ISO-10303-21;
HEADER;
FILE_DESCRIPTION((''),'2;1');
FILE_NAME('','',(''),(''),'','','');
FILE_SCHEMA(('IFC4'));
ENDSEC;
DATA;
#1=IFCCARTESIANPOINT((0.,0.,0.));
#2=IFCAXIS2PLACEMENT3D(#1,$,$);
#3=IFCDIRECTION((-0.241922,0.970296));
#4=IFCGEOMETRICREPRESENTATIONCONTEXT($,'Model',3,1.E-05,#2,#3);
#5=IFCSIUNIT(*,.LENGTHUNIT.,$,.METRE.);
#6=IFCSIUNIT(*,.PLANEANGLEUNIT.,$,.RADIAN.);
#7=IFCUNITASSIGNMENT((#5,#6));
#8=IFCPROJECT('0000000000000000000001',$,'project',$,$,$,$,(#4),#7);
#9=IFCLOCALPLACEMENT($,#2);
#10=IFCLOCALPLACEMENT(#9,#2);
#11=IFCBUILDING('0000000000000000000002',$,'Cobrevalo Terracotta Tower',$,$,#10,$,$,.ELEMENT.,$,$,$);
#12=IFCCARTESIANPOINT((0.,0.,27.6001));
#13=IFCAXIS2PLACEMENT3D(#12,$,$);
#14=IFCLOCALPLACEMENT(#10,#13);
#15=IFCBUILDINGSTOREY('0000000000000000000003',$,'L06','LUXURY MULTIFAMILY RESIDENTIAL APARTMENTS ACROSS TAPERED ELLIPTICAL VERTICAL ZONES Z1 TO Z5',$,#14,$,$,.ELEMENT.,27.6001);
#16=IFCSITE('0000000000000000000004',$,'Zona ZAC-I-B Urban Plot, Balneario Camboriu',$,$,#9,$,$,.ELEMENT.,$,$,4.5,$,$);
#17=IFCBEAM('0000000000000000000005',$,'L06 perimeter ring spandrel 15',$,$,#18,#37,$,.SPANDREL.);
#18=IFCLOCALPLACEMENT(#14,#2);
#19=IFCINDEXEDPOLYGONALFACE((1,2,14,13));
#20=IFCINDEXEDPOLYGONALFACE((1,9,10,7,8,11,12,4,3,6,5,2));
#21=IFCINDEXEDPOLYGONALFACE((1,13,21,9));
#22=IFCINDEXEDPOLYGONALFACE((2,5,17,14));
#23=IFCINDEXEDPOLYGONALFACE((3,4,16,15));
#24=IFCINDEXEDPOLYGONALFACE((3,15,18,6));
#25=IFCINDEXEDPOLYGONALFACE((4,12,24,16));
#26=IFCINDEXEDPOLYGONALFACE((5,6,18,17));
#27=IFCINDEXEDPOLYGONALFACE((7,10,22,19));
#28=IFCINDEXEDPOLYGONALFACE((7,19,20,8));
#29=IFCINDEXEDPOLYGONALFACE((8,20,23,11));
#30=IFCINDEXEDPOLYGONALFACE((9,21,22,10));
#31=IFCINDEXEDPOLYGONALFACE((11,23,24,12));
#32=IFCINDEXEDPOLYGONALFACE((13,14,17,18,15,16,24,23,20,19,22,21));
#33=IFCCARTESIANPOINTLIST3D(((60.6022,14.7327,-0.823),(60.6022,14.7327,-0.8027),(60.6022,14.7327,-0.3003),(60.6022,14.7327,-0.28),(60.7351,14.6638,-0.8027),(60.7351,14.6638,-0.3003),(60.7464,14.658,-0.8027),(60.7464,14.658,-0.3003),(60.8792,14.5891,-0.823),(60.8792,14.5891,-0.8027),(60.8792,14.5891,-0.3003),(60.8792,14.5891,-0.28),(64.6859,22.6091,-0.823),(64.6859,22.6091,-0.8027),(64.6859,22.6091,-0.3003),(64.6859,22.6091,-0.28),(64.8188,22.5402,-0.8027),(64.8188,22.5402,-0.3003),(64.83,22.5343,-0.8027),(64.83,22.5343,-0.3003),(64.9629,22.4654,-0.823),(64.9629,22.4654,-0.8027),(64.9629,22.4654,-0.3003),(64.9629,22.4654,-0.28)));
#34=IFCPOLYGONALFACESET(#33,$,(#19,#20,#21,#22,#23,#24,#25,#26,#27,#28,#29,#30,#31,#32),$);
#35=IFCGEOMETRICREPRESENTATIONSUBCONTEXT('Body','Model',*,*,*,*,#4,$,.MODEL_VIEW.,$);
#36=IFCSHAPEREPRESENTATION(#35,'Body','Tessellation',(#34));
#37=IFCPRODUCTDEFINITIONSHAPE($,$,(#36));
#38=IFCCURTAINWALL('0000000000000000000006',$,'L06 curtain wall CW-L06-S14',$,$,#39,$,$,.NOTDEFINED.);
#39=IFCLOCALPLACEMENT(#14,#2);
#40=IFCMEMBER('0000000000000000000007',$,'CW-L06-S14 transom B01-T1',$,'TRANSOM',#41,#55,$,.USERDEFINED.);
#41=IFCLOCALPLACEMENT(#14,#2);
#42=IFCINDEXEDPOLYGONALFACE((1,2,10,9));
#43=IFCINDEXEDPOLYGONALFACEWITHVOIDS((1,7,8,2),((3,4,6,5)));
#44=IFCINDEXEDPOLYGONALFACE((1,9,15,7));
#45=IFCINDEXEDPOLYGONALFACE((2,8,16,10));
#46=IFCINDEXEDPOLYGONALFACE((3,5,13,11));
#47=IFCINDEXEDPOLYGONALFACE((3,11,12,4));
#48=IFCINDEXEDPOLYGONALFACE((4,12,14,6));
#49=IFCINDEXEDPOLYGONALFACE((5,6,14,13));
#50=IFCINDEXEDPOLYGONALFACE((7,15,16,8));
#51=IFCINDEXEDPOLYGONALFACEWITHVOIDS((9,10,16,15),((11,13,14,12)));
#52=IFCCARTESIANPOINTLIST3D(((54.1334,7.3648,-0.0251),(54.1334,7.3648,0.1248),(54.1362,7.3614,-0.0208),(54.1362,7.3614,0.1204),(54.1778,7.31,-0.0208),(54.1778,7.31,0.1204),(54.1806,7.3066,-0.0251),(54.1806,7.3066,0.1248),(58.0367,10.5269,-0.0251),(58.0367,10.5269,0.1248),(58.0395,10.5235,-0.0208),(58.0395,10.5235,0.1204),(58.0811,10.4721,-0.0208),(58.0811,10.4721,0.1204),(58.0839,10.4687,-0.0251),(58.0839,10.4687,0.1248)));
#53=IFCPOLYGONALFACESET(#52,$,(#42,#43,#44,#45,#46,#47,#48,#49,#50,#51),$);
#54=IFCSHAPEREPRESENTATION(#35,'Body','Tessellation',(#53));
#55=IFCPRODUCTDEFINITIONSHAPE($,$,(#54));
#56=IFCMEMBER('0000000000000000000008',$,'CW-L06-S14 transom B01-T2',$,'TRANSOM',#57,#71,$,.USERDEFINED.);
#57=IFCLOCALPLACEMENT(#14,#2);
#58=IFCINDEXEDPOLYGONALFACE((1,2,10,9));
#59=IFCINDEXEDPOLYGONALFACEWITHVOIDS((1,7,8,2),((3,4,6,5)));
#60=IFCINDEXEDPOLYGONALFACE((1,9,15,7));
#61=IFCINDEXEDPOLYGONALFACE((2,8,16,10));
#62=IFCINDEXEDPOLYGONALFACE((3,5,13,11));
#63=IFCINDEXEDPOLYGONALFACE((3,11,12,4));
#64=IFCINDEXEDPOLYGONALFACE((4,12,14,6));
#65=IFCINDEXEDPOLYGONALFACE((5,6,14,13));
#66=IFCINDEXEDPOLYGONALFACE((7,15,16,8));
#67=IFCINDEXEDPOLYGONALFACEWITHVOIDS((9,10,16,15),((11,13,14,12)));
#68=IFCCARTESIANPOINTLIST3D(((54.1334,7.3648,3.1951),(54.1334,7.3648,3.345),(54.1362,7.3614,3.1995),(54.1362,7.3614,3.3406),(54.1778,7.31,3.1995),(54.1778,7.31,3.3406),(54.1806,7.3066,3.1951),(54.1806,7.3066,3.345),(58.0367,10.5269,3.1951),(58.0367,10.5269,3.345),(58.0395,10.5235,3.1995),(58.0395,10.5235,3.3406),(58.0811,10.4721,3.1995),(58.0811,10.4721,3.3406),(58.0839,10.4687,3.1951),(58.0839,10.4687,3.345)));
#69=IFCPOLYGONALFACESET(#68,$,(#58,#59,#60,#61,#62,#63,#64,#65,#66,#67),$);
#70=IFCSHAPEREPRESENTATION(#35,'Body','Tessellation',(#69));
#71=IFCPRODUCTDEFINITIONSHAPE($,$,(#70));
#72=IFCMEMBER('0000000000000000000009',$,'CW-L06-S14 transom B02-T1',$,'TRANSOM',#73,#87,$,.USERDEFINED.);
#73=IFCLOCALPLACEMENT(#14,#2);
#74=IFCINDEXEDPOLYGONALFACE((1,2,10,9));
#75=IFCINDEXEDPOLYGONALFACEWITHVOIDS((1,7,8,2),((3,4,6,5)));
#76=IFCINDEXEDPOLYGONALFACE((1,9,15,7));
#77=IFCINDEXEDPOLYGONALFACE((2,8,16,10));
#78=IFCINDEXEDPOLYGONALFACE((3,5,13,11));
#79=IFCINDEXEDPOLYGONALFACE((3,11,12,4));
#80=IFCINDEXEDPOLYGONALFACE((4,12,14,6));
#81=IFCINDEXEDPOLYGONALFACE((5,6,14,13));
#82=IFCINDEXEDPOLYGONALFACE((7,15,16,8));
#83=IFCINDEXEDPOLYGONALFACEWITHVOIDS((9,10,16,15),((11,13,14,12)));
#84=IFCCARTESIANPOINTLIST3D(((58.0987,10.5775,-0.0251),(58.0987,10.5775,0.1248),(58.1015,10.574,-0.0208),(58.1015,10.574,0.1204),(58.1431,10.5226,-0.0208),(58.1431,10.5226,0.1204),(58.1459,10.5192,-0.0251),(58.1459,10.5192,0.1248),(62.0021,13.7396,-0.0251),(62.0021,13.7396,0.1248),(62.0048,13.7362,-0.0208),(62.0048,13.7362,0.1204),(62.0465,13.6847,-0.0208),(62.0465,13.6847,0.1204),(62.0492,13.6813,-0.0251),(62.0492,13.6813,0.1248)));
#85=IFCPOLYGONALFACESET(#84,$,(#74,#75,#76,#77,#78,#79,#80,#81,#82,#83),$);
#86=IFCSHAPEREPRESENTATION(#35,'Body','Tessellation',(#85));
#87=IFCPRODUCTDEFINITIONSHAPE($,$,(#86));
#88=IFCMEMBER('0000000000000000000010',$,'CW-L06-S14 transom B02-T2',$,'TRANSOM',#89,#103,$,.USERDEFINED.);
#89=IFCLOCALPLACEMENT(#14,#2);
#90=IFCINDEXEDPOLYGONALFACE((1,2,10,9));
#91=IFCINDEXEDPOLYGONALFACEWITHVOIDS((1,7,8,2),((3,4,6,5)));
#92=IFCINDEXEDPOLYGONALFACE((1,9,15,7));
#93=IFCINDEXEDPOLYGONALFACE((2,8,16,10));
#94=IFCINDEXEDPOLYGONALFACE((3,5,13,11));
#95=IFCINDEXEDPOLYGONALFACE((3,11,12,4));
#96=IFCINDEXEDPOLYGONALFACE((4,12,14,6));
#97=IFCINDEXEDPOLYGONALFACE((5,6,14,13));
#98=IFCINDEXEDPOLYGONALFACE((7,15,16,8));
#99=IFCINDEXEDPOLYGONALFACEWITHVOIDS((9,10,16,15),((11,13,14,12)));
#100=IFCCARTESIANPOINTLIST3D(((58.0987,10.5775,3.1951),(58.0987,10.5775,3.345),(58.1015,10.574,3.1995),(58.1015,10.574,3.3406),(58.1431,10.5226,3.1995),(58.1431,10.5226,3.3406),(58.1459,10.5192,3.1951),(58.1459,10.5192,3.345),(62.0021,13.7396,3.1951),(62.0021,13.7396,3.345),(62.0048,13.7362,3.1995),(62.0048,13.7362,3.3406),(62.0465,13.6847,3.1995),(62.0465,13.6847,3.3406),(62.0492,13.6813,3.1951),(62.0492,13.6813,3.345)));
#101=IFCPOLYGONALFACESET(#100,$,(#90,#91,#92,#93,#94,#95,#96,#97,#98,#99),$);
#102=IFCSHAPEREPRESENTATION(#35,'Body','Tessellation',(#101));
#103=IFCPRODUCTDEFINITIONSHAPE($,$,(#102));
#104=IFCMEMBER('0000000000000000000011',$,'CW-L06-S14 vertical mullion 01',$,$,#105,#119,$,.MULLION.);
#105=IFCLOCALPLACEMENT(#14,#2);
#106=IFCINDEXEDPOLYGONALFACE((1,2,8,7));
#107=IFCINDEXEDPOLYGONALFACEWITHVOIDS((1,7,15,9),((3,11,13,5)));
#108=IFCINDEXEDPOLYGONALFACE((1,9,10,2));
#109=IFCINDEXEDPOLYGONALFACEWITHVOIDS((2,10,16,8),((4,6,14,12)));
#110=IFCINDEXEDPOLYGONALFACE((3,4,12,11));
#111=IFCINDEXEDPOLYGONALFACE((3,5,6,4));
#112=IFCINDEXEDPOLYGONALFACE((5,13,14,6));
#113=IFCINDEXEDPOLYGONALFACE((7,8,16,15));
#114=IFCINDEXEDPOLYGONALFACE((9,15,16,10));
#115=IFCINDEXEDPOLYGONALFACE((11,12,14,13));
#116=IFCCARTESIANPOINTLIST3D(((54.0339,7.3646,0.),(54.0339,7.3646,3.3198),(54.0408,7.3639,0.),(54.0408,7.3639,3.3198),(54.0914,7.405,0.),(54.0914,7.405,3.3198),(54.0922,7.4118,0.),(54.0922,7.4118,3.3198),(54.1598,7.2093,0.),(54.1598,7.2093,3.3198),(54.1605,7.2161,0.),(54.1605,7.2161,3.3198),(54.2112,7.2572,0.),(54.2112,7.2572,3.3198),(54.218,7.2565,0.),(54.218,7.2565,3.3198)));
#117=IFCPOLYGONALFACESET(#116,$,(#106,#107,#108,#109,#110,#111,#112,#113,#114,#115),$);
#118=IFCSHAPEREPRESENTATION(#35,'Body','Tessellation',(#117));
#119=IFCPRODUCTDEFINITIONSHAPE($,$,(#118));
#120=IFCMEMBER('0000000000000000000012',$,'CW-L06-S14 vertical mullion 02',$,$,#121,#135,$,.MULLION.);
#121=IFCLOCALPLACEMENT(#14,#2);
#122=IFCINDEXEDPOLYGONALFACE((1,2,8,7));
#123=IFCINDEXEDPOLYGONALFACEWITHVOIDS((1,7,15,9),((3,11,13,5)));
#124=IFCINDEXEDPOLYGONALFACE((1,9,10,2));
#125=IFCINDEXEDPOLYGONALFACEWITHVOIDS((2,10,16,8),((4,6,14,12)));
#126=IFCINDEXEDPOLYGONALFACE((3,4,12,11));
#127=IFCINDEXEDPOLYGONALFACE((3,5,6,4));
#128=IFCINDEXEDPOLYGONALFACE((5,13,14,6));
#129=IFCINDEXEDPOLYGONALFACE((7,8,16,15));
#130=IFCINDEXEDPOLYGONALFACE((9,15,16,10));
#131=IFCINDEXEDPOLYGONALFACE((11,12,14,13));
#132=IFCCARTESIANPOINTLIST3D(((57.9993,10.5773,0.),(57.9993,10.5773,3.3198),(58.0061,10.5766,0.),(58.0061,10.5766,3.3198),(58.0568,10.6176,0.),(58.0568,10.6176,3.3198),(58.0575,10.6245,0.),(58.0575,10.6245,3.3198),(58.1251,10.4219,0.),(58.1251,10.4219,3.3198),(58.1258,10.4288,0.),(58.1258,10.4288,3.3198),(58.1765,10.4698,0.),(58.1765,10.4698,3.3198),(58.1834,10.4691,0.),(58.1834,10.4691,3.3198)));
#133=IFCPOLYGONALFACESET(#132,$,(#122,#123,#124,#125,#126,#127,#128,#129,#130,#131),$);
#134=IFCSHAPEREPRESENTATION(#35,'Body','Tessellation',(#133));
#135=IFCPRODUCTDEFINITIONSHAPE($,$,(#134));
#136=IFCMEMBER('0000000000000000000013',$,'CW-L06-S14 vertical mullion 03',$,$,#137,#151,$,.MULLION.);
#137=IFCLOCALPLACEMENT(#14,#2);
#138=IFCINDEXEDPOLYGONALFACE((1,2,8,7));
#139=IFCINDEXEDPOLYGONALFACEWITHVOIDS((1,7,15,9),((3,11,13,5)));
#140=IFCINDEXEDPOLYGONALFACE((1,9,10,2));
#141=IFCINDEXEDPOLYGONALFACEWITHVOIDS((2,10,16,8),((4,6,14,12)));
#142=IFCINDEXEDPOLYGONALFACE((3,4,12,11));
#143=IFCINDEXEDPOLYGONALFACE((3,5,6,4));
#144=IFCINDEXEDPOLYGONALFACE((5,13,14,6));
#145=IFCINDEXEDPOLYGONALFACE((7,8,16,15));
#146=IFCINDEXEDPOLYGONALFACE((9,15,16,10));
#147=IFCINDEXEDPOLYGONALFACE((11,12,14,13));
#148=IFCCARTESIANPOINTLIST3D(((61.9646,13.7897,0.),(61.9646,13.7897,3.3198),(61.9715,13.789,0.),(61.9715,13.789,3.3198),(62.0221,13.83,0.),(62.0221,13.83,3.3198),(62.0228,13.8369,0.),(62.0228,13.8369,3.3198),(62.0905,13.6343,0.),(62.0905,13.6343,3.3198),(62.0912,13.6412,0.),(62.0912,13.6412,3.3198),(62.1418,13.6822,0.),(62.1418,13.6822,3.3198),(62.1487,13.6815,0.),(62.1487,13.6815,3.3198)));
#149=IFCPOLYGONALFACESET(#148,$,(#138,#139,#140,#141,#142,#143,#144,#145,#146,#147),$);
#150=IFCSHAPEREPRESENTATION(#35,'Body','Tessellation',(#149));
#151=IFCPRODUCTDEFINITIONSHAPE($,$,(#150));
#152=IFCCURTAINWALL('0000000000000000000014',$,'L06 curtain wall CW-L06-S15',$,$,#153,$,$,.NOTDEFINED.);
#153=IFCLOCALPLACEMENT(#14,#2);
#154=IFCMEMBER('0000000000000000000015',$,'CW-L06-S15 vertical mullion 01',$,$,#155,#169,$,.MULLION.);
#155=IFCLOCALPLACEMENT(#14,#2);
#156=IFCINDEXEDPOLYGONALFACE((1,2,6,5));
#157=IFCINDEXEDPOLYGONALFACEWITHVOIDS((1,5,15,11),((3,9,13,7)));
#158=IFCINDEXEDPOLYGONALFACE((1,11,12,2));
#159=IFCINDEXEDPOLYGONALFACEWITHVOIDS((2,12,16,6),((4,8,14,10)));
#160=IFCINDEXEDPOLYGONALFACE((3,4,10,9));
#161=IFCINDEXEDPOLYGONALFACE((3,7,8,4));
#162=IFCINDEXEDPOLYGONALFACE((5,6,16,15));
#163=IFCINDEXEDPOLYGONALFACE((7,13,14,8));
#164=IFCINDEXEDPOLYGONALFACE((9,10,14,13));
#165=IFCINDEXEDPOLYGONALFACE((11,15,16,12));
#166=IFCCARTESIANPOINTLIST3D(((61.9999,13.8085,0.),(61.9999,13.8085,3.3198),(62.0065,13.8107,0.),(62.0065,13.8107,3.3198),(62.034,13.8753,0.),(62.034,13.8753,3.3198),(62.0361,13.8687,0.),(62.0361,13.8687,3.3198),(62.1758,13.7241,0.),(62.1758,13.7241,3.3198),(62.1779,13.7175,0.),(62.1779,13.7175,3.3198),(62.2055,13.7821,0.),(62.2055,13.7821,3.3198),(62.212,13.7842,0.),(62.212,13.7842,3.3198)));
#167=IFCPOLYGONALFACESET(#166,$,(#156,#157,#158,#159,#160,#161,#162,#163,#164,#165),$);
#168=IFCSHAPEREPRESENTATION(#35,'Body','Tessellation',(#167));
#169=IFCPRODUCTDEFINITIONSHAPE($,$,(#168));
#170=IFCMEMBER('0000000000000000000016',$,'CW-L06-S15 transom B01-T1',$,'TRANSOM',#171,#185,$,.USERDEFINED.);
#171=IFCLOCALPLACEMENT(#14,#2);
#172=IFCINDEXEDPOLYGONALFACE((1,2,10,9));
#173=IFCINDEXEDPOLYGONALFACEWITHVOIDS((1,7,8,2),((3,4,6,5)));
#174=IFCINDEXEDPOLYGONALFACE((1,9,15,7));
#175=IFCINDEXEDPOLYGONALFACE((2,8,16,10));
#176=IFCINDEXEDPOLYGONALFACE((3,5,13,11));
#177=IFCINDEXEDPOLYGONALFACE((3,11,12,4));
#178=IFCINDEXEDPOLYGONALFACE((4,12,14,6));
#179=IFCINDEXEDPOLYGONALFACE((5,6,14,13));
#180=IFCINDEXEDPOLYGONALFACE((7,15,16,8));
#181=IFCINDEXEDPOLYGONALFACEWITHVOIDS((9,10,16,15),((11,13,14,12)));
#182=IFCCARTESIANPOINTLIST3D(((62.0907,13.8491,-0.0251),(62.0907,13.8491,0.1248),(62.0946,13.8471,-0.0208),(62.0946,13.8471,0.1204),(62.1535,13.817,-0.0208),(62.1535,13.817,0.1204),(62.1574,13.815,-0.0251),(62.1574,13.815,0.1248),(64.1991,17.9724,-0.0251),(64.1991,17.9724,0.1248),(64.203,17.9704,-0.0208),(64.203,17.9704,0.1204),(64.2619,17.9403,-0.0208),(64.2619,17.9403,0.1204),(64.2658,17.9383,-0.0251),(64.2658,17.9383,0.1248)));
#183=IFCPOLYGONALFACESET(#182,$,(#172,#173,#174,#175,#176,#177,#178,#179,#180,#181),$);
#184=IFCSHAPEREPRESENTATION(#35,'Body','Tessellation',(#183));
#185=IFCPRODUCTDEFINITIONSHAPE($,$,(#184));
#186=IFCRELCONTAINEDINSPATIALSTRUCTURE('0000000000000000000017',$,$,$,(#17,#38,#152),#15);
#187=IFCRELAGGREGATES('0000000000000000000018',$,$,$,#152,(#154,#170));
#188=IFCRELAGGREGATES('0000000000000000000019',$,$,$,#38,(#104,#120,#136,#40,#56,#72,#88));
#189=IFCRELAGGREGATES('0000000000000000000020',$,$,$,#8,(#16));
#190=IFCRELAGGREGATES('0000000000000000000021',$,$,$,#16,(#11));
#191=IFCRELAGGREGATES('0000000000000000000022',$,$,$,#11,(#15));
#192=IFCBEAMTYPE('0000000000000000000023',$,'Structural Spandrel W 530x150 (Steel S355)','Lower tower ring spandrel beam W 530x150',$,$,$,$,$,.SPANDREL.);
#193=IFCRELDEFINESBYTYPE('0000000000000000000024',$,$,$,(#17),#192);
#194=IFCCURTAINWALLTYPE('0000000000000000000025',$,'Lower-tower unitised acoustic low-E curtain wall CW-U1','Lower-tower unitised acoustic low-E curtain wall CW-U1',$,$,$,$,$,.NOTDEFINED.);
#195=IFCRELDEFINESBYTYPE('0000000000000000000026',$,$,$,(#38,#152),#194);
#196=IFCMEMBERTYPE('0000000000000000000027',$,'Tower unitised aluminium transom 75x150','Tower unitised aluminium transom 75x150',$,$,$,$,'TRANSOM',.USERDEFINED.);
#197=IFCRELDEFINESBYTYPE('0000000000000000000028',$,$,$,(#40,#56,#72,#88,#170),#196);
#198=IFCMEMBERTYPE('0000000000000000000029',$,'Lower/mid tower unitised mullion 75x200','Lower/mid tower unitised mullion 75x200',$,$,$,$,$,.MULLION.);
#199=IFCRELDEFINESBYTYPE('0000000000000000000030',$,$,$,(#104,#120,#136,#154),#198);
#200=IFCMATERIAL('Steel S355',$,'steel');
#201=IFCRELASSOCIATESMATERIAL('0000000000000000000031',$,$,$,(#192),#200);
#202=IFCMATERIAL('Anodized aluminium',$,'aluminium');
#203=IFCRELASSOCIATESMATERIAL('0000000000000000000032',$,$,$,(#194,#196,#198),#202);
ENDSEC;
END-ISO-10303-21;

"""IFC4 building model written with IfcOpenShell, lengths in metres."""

from ifc_helpers import new_model, si_unit, direction, frame, origin, origin_2d, place, context, subcontext, project, spatial, hollow_rectangle, i_section, extrude, source, transform, mapped, material, material_profile, profile_set, type_object, element, aggregate, save


model = new_model("IFC4")

# Units and contexts
model_context = context("Model", 3, precision=1e-05, world=origin(), true_north=direction((-0.241922, 0.970296)))
body_context = subcontext(model_context, "Body", "Model", "MODEL_VIEW")
ifc_project = project(units=[si_unit("LENGTHUNIT", "METRE"), si_unit("PLANEANGLEUNIT", "RADIAN")], contexts=[model_context])

# Site, building, storey
site_placement = place(None, origin())
site = spatial("IfcSite", under=ifc_project, at=site_placement, Name="Zona ZAC-I-B Urban Plot, Balneario Camboriu", CompositionType="ELEMENT", RefElevation=4.5)
building_placement = place(site_placement, origin())
building = spatial("IfcBuilding", under=site, at=building_placement, Name="Cobrevalo Terracotta Tower", CompositionType="ELEMENT")
storey_placement = place(building_placement, frame((0.0, 0.0, 27.6001)))
storey = spatial("IfcBuildingStorey", under=building, at=storey_placement, Name="L06", Description="LUXURY MULTIFAMILY RESIDENTIAL APARTMENTS ACROSS TAPERED ELLIPTICAL VERTICAL ZONES Z1 TO Z5", CompositionType="ELEMENT", Elevation=27.6001)

# Shared definitions
ifc_material_1 = material(Name="Steel S355", Category="steel")

# Beam
ifc_material_profile_1 = material_profile(ifc_material_1, i_section(OverallWidth=0.312, OverallDepth=0.543, WebThickness=0.0127, FlangeThickness=0.0203, at=origin_2d()), Name="W 530x150")
ifc_profile_set_1 = profile_set([ifc_material_profile_1], Name="Steel S355")
beam_type_1 = type_object("IfcBeamType", Name="Structural Spandrel W 530x150 (Steel S355)", Description="Lower tower ring spandrel beam W 530x150", PredefinedType="SPANDREL", material=ifc_profile_set_1)
beam_1_placement = place(storey_placement, frame((60.7407, 14.6609, -0.5515), z_axis=(0.460286, 0.887771, 0.0), x_axis=(-0.887771, 0.460286, 0.0)))
element("IfcBeam", 1, at=beam_1_placement, inside=storey, type_object=beam_type_1, Name="L06 perimeter ring spandrel 15", PredefinedType="SPANDREL", context=body_context, shape_type="SweptSolid", body=[
    extrude(i_section(OverallWidth=0.312, OverallDepth=0.543, WebThickness=0.0127, FlangeThickness=0.0203, at=origin_2d()), origin(), (0.0, 0.0, 1.0), 8.8721),
])

# Curtain walls, members
ifc_material_2 = material(Name="Anodized aluminium", Category="aluminium")
curtain_wall_type = type_object("IfcCurtainWallType", Name="Lower-tower unitised acoustic low-E curtain wall CW-U1", Description="Lower-tower unitised acoustic low-E curtain wall CW-U1", PredefinedType="NOTDEFINED", material=ifc_material_2)
curtain_wall_1_placement = place(storey_placement, origin())
curtain_wall_1 = element("IfcCurtainWall", 2, at=curtain_wall_1_placement, inside=storey, type_object=curtain_wall_type, Name="L06 curtain wall CW-L06-S14", PredefinedType="NOTDEFINED")
ifc_material_profile_2 = material_profile(ifc_material_2, hollow_rectangle(XDim=0.075, YDim=0.1499, WallThickness=0.0044, at=origin_2d()), Name="CWT 75x150")
ifc_profile_set_2 = profile_set([ifc_material_profile_2], Name="Anodized aluminium")
member_type_1 = type_object("IfcMemberType", Name="Tower unitised aluminium transom 75x150", Description="Tower unitised aluminium transom 75x150", ElementType="TRANSOM", PredefinedType="USERDEFINED", material=ifc_profile_set_2)
shared_shape_1 = source(origin(), body_context, "Body", "SweptSolid", [
    extrude(hollow_rectangle(XDim=0.075, YDim=0.1499, WallThickness=0.0044, at=origin_2d()), origin(), (0.0, 0.0, 1.0), 5.0234),
])
member_1_placement = place(storey_placement, frame((54.157, 7.3357, 0.0498), z_axis=(0.777023, 0.629472, 0.0), x_axis=(-0.629472, 0.777023, 0.0)))
member_1 = element("IfcMember", 3, at=member_1_placement, type_object=member_type_1, Name="CW-L06-S14 transom B01-T1", ObjectType="TRANSOM", PredefinedType="USERDEFINED", context=body_context, shape_type="MappedRepresentation", body=[
    mapped(shared_shape_1, transform((0.0, 0.0, 0.0), scale=1.0)),
])
member_2_placement = place(storey_placement, frame((54.157, 7.3357, 3.27), z_axis=(0.777023, 0.629472, 0.0), x_axis=(-0.629472, 0.777023, 0.0)))
member_2 = element("IfcMember", 4, at=member_2_placement, type_object=member_type_1, Name="CW-L06-S14 transom B01-T2", ObjectType="TRANSOM", PredefinedType="USERDEFINED", context=body_context, shape_type="MappedRepresentation", body=[
    mapped(shared_shape_1, transform((0.0, 0.0, 0.0), scale=1.0)),
])
member_3_placement = place(storey_placement, frame((58.1223, 10.5483, 0.0498), z_axis=(0.777023, 0.629472, 0.0), x_axis=(-0.629472, 0.777023, 0.0)))
member_3 = element("IfcMember", 5, at=member_3_placement, type_object=member_type_1, Name="CW-L06-S14 transom B02-T1", ObjectType="TRANSOM", PredefinedType="USERDEFINED", context=body_context, shape_type="MappedRepresentation", body=[
    mapped(shared_shape_1, transform((0.0, 0.0, 0.0), scale=1.0)),
])
member_4_placement = place(storey_placement, frame((58.1223, 10.5483, 3.27), z_axis=(0.777023, 0.629472, 0.0), x_axis=(-0.629472, 0.777023, 0.0)))
member_4 = element("IfcMember", 6, at=member_4_placement, type_object=member_type_1, Name="CW-L06-S14 transom B02-T2", ObjectType="TRANSOM", PredefinedType="USERDEFINED", context=body_context, shape_type="MappedRepresentation", body=[
    mapped(shared_shape_1, transform((0.0, 0.0, 0.0), scale=1.0)),
])
ifc_material_profile_3 = material_profile(ifc_material_2, hollow_rectangle(XDim=0.075, YDim=0.2, WallThickness=0.0049, at=origin_2d()), Name="CWM 75x200")
ifc_profile_set_3 = profile_set([ifc_material_profile_3], Name="Anodized aluminium")
member_type_2 = type_object("IfcMemberType", Name="Lower/mid tower unitised mullion 75x200", Description="Lower/mid tower unitised mullion 75x200", PredefinedType="MULLION", material=ifc_profile_set_3)
shared_shape_2 = source(origin(), body_context, "Body", "SweptSolid", [
    extrude(hollow_rectangle(XDim=0.075, YDim=0.2, WallThickness=0.0049, at=origin_2d()), origin(), (0.0, 0.0, 1.0), 3.3198),
])
member_5_placement = place(storey_placement, frame((54.126, 7.3105, 0.0), z_axis=(0.0, 0.0, 1.0), x_axis=(0.777003, 0.629497, 0.0)))
member_5 = element("IfcMember", 7, at=member_5_placement, type_object=member_type_2, Name="CW-L06-S14 vertical mullion 01", PredefinedType="MULLION", context=body_context, shape_type="MappedRepresentation", body=[
    mapped(shared_shape_2, transform((0.0, 0.0, 0.0), scale=1.0)),
])
member_6_placement = place(storey_placement, frame((58.0913, 10.5232, 0.0), z_axis=(0.0, 0.0, 1.0), x_axis=(0.777003, 0.629497, 0.0)))
member_6 = element("IfcMember", 8, at=member_6_placement, type_object=member_type_2, Name="CW-L06-S14 vertical mullion 02", PredefinedType="MULLION", context=body_context, shape_type="MappedRepresentation", body=[
    mapped(shared_shape_2, transform((0.0, 0.0, 0.0), scale=1.0)),
])
member_7_placement = place(storey_placement, frame((62.0566, 13.7356, 0.0), z_axis=(0.0, 0.0, 1.0), x_axis=(0.777003, 0.629497, 0.0)))
member_7 = element("IfcMember", 9, at=member_7_placement, type_object=member_type_2, Name="CW-L06-S14 vertical mullion 03", PredefinedType="MULLION", context=body_context, shape_type="MappedRepresentation", body=[
    mapped(shared_shape_2, transform((0.0, 0.0, 0.0), scale=1.0)),
])
curtain_wall_2_placement = place(storey_placement, origin())
curtain_wall_2 = element("IfcCurtainWall", 10, at=curtain_wall_2_placement, inside=storey, type_object=curtain_wall_type, Name="L06 curtain wall CW-L06-S15", PredefinedType="NOTDEFINED")
member_8_placement = place(storey_placement, frame((62.106, 13.7964, 0.0), z_axis=(0.0, 0.0, 1.0), x_axis=(0.455234, 0.890372, 0.0)))
member_8 = element("IfcMember", 11, at=member_8_placement, type_object=member_type_2, Name="CW-L06-S15 vertical mullion 01", PredefinedType="MULLION", context=body_context, shape_type="MappedRepresentation", body=[
    mapped(shared_shape_2, transform((0.0, 0.0, 0.0), scale=1.0)),
])
shared_shape_3 = source(origin(), body_context, "Body", "SweptSolid", [
    extrude(hollow_rectangle(XDim=0.075, YDim=0.1499, WallThickness=0.0044, at=origin_2d()), origin(), (0.0, 0.0, 1.0), 4.6311),
])
member_9_placement = place(storey_placement, frame((62.124, 13.832, 0.0498), z_axis=(0.455272, 0.890353, 0.0), x_axis=(-0.890353, 0.455272, 0.0)))
member_9 = element("IfcMember", 12, at=member_9_placement, type_object=member_type_1, Name="CW-L06-S15 transom B01-T1", ObjectType="TRANSOM", PredefinedType="USERDEFINED", context=body_context, shape_type="MappedRepresentation", body=[
    mapped(shared_shape_3, transform((0.0, 0.0, 0.0), scale=1.0)),
])
aggregate(curtain_wall_2, [member_8, member_9])

aggregate(curtain_wall_1, [member_5, member_6, member_7, member_1, member_2, member_3, member_4])

save(model, "model.ifc")
